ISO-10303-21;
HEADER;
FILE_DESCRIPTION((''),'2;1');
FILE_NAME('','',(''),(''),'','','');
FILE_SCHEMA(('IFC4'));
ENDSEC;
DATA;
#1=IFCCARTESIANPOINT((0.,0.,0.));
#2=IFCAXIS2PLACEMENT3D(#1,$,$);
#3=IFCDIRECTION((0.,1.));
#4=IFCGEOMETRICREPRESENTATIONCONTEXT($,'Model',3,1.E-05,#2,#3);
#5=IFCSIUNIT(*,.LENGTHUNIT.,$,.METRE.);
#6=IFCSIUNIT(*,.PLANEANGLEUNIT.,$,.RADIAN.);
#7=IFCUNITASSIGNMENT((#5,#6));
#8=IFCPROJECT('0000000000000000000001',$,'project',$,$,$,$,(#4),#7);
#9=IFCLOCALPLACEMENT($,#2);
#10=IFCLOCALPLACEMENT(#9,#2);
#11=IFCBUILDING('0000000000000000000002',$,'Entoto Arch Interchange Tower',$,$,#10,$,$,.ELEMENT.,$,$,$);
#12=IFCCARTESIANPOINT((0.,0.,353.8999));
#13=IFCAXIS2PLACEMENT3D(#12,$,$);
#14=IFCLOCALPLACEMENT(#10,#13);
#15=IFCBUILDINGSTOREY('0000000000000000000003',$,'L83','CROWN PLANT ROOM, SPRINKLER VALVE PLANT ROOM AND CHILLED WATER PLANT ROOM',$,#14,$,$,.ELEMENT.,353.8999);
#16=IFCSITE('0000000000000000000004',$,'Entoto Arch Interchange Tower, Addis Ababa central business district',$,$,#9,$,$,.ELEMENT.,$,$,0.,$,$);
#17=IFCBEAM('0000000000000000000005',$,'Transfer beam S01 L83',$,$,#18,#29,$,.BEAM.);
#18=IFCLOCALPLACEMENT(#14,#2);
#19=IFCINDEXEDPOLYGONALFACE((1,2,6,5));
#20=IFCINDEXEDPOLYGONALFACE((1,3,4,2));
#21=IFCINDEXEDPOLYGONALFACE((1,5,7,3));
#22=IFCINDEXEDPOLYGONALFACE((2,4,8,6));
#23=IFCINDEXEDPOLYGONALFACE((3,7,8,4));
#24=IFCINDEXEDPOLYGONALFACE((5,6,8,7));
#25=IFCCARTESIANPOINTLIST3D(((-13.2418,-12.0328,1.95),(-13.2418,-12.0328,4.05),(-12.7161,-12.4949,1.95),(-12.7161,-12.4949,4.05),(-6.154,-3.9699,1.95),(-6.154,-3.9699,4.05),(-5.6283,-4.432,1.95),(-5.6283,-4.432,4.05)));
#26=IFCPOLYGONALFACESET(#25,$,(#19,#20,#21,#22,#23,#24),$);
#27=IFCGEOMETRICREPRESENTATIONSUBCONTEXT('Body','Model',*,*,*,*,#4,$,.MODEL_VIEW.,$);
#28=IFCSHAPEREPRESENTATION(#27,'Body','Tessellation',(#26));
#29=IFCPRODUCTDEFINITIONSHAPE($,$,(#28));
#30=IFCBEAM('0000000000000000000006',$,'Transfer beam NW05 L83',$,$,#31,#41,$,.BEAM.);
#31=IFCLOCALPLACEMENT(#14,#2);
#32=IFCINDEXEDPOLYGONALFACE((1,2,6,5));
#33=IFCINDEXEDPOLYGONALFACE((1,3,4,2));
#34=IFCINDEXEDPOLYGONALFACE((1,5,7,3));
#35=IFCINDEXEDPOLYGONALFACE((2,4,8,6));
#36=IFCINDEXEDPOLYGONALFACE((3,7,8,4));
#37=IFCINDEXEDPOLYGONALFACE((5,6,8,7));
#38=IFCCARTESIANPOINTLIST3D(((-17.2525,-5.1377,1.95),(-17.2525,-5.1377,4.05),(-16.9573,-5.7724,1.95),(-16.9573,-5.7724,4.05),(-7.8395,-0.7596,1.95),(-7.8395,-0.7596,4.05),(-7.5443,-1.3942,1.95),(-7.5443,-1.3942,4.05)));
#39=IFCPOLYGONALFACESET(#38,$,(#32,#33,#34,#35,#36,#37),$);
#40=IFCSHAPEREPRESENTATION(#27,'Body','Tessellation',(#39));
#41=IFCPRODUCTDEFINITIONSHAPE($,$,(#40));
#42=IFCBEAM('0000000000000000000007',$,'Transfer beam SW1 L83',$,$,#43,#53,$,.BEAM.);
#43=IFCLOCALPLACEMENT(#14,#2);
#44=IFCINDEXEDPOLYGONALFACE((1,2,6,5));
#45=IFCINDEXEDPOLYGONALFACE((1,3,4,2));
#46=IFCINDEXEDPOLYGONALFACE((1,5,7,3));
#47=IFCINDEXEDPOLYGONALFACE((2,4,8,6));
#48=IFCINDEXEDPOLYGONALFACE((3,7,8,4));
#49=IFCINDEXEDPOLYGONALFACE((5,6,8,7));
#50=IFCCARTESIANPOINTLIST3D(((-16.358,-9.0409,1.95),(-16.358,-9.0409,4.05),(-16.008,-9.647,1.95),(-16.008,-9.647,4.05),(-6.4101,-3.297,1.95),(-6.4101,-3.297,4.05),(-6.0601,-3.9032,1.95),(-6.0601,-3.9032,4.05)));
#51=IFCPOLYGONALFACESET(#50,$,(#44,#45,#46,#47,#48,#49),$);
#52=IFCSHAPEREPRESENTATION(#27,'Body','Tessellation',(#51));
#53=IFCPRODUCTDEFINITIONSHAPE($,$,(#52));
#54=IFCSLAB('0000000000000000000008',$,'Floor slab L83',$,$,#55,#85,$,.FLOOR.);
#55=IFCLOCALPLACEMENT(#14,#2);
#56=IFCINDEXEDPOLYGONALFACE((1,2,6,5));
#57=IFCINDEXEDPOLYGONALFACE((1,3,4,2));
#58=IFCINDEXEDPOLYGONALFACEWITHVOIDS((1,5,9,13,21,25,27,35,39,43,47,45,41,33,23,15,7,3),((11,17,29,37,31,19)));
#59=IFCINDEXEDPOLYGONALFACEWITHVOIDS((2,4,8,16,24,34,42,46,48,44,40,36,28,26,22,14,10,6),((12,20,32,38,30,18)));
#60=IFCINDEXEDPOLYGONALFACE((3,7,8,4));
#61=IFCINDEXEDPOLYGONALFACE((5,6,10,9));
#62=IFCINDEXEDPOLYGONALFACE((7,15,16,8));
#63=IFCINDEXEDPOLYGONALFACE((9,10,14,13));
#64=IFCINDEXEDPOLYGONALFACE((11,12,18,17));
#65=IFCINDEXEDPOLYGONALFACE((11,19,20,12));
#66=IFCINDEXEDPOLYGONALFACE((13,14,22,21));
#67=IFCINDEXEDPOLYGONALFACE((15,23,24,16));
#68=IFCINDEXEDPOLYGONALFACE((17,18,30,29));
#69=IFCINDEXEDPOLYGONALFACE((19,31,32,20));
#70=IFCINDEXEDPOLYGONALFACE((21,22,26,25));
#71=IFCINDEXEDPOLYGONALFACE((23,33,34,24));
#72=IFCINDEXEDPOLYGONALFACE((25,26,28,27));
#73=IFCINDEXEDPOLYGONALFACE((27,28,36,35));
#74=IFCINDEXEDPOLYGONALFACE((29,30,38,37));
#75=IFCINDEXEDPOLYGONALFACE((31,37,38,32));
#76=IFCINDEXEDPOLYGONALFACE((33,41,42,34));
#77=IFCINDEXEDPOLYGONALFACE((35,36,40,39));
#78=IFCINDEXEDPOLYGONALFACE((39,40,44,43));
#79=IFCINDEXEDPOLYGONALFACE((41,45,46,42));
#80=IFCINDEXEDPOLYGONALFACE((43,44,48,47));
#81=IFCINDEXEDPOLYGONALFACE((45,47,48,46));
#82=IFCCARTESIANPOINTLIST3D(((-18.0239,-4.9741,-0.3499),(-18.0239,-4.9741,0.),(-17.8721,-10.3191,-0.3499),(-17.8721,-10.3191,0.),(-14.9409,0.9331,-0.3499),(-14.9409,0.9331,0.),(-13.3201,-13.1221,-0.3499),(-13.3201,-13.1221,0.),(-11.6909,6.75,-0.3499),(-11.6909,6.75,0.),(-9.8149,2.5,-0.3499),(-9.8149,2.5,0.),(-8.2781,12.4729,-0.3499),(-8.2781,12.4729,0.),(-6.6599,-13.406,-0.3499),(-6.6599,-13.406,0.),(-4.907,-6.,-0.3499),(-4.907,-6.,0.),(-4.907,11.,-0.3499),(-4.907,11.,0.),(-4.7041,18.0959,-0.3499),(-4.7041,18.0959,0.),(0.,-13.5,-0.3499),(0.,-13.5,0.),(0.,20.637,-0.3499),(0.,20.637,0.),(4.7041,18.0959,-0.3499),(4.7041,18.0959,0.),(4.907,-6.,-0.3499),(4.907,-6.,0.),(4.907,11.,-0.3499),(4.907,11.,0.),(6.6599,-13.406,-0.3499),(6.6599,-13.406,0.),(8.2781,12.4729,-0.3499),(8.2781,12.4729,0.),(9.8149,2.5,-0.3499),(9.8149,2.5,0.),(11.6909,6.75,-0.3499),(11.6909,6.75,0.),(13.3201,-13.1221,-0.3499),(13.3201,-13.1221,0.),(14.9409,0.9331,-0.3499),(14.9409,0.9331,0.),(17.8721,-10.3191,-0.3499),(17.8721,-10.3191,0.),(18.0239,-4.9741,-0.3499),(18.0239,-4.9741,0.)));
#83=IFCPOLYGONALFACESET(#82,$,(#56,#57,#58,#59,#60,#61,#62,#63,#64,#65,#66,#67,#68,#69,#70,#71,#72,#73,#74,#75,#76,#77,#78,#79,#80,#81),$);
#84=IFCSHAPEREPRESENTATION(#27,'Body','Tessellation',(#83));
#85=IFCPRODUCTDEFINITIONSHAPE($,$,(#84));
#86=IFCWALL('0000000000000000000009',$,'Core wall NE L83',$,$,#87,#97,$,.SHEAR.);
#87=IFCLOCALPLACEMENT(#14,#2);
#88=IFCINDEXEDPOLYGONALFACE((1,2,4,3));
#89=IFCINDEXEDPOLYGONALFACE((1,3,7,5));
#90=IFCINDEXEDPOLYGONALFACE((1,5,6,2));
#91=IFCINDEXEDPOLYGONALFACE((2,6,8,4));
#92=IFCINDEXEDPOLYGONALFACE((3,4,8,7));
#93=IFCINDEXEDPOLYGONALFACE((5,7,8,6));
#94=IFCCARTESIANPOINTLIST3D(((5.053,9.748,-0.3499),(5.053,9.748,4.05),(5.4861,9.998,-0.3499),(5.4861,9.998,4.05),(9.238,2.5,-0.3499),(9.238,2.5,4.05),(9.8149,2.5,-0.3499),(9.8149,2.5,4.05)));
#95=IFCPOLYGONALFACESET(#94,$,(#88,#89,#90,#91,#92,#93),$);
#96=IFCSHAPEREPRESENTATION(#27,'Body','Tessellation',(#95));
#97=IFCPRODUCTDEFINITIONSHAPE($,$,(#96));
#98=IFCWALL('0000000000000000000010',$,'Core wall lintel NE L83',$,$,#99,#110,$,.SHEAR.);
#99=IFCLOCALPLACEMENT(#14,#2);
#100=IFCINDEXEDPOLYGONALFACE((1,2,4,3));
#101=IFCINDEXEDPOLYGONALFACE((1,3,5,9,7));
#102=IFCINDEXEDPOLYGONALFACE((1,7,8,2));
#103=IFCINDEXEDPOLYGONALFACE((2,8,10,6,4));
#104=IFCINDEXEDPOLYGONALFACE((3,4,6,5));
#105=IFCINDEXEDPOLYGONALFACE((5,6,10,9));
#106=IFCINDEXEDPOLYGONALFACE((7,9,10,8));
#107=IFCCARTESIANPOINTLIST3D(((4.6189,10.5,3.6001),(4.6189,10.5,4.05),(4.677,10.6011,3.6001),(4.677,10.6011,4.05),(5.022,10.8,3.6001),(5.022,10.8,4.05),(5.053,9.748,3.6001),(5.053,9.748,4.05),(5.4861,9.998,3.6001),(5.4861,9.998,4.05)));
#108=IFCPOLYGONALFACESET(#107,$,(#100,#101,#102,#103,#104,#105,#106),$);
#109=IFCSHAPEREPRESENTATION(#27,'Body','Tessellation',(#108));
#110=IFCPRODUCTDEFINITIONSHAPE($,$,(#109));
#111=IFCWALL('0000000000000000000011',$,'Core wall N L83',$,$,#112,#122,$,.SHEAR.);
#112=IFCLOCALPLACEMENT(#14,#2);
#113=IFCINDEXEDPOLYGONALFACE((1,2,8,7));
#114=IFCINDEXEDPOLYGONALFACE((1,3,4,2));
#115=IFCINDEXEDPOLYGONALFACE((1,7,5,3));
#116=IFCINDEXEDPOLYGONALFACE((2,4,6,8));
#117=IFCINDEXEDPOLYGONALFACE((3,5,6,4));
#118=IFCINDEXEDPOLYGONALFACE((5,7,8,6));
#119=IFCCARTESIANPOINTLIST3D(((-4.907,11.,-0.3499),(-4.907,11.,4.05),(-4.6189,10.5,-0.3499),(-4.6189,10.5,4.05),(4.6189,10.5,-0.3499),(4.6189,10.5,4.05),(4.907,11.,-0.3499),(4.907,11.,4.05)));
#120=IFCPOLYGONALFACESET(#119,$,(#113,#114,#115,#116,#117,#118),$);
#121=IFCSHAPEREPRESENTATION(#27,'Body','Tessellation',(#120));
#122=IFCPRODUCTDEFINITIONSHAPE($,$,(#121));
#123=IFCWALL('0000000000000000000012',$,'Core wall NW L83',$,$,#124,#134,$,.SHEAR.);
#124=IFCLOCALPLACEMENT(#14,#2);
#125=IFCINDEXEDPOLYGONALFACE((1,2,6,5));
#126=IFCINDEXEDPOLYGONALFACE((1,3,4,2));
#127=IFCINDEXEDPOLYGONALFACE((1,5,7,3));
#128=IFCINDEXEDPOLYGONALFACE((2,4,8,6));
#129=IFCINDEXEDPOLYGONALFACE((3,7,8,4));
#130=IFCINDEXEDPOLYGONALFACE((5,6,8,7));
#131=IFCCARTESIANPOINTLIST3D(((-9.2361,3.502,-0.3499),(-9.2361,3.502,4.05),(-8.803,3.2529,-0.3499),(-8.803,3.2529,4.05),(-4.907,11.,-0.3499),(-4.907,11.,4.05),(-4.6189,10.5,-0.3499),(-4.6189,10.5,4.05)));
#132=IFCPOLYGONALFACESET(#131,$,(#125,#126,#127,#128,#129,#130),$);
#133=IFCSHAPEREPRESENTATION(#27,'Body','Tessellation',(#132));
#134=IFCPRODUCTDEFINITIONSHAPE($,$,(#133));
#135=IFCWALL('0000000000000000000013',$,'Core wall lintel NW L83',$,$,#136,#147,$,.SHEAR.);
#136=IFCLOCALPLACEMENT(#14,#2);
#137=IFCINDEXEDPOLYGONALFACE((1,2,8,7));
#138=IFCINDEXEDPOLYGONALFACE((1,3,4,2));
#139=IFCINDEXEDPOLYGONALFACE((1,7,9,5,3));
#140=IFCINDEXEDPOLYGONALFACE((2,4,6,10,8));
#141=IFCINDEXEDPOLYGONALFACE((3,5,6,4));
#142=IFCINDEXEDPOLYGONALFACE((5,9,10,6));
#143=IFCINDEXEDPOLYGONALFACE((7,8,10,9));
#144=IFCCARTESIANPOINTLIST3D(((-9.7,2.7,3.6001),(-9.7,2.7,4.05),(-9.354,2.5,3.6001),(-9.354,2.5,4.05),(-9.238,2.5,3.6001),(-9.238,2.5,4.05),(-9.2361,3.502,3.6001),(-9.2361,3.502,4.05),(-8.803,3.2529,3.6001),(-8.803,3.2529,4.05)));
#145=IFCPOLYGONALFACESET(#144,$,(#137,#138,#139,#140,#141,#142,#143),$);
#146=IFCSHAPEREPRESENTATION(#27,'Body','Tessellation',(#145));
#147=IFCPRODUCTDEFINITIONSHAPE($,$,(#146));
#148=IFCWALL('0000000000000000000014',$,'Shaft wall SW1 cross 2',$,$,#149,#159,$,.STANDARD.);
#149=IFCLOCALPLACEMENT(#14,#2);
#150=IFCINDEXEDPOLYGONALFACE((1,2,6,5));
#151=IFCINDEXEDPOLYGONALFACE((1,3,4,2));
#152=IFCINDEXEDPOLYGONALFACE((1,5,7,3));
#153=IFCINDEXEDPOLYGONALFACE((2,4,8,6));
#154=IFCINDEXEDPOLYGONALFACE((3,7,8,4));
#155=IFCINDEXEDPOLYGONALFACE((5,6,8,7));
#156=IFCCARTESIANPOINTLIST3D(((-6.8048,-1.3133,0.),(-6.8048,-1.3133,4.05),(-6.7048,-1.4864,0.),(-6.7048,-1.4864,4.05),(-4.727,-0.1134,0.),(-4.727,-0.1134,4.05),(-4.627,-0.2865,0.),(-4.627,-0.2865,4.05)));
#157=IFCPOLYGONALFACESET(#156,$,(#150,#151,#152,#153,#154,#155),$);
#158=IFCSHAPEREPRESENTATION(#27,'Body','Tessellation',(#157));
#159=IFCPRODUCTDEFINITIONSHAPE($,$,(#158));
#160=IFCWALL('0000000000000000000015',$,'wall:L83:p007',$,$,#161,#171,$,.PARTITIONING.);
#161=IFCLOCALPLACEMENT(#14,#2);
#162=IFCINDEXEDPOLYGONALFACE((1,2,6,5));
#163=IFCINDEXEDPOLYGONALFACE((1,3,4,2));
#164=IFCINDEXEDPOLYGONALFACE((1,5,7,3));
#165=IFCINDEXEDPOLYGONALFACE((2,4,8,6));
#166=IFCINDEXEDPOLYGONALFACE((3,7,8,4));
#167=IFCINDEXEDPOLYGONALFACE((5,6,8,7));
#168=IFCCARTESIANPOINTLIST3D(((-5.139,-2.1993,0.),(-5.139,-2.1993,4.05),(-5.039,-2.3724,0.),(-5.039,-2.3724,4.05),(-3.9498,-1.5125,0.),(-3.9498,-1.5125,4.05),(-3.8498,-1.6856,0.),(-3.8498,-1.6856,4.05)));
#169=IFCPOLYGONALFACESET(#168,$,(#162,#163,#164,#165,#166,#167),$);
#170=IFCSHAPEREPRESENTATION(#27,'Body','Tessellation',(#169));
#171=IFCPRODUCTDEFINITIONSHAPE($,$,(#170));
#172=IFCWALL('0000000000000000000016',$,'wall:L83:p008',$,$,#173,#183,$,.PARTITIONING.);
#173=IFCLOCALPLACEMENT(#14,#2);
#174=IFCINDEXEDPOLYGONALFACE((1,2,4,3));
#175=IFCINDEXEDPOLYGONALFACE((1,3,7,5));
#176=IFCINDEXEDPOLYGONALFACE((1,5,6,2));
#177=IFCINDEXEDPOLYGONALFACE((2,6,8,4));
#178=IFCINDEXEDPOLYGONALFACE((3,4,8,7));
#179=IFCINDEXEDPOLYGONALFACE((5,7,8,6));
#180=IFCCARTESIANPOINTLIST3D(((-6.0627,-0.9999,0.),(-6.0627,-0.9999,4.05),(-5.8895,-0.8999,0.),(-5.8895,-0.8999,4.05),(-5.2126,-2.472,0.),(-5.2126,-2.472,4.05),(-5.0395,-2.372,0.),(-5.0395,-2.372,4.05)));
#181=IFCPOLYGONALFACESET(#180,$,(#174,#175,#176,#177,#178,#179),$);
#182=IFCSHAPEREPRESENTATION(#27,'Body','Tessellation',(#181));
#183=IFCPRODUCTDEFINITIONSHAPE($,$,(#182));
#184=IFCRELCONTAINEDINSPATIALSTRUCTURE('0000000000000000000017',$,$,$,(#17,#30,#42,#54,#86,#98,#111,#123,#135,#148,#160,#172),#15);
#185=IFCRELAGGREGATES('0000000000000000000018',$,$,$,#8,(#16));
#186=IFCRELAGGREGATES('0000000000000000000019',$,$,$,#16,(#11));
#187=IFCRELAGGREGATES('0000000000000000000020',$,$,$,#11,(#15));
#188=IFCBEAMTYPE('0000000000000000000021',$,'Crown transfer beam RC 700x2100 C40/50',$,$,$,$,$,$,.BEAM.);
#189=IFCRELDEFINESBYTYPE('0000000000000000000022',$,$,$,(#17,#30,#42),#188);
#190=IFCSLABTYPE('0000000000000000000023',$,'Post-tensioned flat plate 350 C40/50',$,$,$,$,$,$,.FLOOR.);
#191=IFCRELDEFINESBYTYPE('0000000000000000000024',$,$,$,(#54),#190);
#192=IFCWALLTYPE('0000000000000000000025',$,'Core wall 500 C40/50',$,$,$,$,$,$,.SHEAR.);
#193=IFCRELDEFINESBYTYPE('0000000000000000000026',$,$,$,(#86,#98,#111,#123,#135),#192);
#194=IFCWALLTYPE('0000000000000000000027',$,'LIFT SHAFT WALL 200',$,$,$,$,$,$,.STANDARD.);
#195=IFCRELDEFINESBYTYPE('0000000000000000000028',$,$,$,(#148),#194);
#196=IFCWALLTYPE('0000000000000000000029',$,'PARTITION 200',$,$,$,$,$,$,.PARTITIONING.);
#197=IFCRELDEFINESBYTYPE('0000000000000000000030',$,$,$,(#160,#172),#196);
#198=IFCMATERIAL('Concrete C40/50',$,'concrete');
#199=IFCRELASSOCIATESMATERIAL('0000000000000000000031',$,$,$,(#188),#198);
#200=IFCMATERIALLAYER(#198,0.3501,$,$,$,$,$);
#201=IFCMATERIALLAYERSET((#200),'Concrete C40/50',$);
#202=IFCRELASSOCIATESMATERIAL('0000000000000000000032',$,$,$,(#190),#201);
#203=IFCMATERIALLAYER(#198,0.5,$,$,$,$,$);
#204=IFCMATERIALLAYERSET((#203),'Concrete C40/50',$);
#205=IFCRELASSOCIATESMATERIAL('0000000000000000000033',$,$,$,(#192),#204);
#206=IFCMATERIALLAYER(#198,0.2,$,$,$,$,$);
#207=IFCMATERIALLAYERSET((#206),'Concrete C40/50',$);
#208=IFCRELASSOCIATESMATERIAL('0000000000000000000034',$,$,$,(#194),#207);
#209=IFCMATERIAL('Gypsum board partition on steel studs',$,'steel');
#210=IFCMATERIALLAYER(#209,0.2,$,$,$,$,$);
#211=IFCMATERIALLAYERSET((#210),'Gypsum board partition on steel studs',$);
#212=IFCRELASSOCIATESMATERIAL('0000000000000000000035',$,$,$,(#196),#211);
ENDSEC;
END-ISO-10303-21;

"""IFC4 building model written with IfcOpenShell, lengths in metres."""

from ifc_helpers import new_model, si_unit, direction, frame, frame_2d, origin, origin_2d, place, context, subcontext, project, spatial, polyline, rectangle, outline, extrude, material, layer, layer_set, material_profile, profile_set, type_object, element, save


model = new_model("IFC4")

# Units and contexts
model_context = context("Model", 3, precision=1e-05, world=origin(), true_north=direction((0.0, 1.0)))
body_context = subcontext(model_context, "Body", "Model", "MODEL_VIEW")
ifc_project = project(units=[si_unit("LENGTHUNIT", "METRE"), si_unit("PLANEANGLEUNIT", "RADIAN")], contexts=[model_context])

# Site, building, storey
site_placement = place(None, origin())
site = spatial("IfcSite", under=ifc_project, at=site_placement, Name="Entoto Arch Interchange Tower, Addis Ababa central business district", CompositionType="ELEMENT", RefElevation=0.0)
building_placement = place(site_placement, origin())
building = spatial("IfcBuilding", under=site, at=building_placement, Name="Entoto Arch Interchange Tower", CompositionType="ELEMENT")
storey_placement = place(building_placement, frame((0.0, 0.0, 353.8999)))
storey = spatial("IfcBuildingStorey", under=building, at=storey_placement, Name="L83", Description="CROWN PLANT ROOM, SPRINKLER VALVE PLANT ROOM AND CHILLED WATER PLANT ROOM", CompositionType="ELEMENT", Elevation=353.8999)

# Beams
ifc_material_1 = material(Name="Concrete C40/50", Category="concrete")
ifc_material_profile = material_profile(ifc_material_1, rectangle(XDim=0.7, YDim=2.1001, at=origin_2d()))
ifc_profile_set = profile_set([ifc_material_profile], Name="Concrete C40/50")
beam_type = type_object("IfcBeamType", Name="Crown transfer beam RC 700x2100 C40/50", PredefinedType="BEAM", material=ifc_profile_set)
beam_1_placement = place(storey_placement, frame((-5.8911, -4.2009, 3.0), z_axis=(-0.660232, -0.751062, 0.0), x_axis=(0.751062, -0.660232, 0.0)))
element("IfcBeam", 1, at=beam_1_placement, inside=storey, type_object=beam_type, Name="Transfer beam S01 L83", PredefinedType="BEAM", context=body_context, shape_type="SweptSolid", body=[
    extrude(rectangle(XDim=0.7, YDim=2.1001, at=origin_2d()), origin(), (0.0, 0.0, 1.0), 10.7354),
])
beam_2_placement = place(storey_placement, frame((-7.6919, -1.0769, 3.0), z_axis=(-0.906721, -0.42173, 0.0), x_axis=(0.42173, -0.906721, 0.0)))
element("IfcBeam", 2, at=beam_2_placement, inside=storey, type_object=beam_type, Name="Transfer beam NW05 L83", PredefinedType="BEAM", context=body_context, shape_type="SweptSolid", body=[
    extrude(rectangle(XDim=0.7, YDim=2.1001, at=origin_2d()), origin(), (0.0, 0.0, 1.0), 10.3813),
])
beam_3_placement = place(storey_placement, frame((-6.2351, -3.6001, 3.0), z_axis=(-0.86601, -0.500027, 0.0), x_axis=(0.500027, -0.86601, 0.0)))
element("IfcBeam", 3, at=beam_3_placement, inside=storey, type_object=beam_type, Name="Transfer beam SW1 L83", PredefinedType="BEAM", context=body_context, shape_type="SweptSolid", body=[
    extrude(rectangle(XDim=0.7, YDim=2.1001, at=origin_2d()), origin(), (0.0, 0.0, 1.0), 11.4871),
])

# Slab
ifc_layer_1 = layer(ifc_material_1, 0.3501)
ifc_layer_set_1 = layer_set([ifc_layer_1], Name="Concrete C40/50")
slab_type = type_object("IfcSlabType", Name="Post-tensioned flat plate 350 C40/50", PredefinedType="FLOOR", material=ifc_layer_set_1)
slab_placement = place(storey_placement, frame((0.0, 0.0, -0.3499)))
element("IfcSlab", 4, at=slab_placement, inside=storey, type_object=slab_type, Name="Floor slab L83", PredefinedType="FLOOR", context=body_context, shape_type="SweptSolid", body=[
    extrude(outline(polyline([(-13.3201, -13.1221), (-6.6599, -13.406), (0.0, -13.5), (6.6599, -13.406), (13.3201, -13.1221), (17.8721, -10.3191), (18.0239, -4.9741), (14.9409, 0.9331), (11.6909, 6.75), (8.2781, 12.4729), (4.7041, 18.0959), (0.0, 20.637), (-4.7041, 18.0959), (-8.2781, 12.4729), (-11.6909, 6.75), (-14.9409, 0.9331), (-18.0239, -4.9741), (-17.8721, -10.3191), (-13.3201, -13.1221)]), holes=[polyline([(4.907, 11.0), (-4.907, 11.0), (-9.8149, 2.5), (-4.907, -6.0), (4.907, -6.0), (9.8149, 2.5), (4.907, 11.0)])]), origin(), (0.0, 0.0, 1.0), 0.3499),
])

# Walls
ifc_layer_2 = layer(ifc_material_1, 0.5)
ifc_layer_set_2 = layer_set([ifc_layer_2], Name="Concrete C40/50")
wall_type_1 = type_object("IfcWallType", Name="Core wall 500 C40/50", PredefinedType="SHEAR", material=ifc_layer_set_2)
wall_1_placement = place(storey_placement, frame((0.0, 0.0, -0.3499)))
element("IfcWall", 5, at=wall_1_placement, inside=storey, type_object=wall_type_1, Name="Core wall NE L83", PredefinedType="SHEAR", context=body_context, shape_type="SweptSolid", body=[
    extrude(outline(polyline([(5.4861, 9.998), (5.053, 9.748), (9.238, 2.5), (9.8149, 2.5), (5.4861, 9.998)])), origin(), (0.0, 0.0, 1.0), 4.3999),
])
wall_2_placement = place(storey_placement, frame((0.0, 0.0, 3.6001)))
element("IfcWall", 6, at=wall_2_placement, inside=storey, type_object=wall_type_1, Name="Core wall lintel NE L83", PredefinedType="SHEAR", context=body_context, shape_type="SweptSolid", body=[
    extrude(outline(polyline([(5.022, 10.8), (4.677, 10.6011), (4.6189, 10.5), (5.053, 9.748), (5.4861, 9.998), (5.022, 10.8)])), origin(), (0.0, 0.0, 1.0), 0.45),
])
wall_3_placement = place(storey_placement, frame((0.0, 0.0, -0.3499)))
element("IfcWall", 7, at=wall_3_placement, inside=storey, type_object=wall_type_1, Name="Core wall N L83", PredefinedType="SHEAR", context=body_context, shape_type="SweptSolid", body=[
    extrude(outline(polyline([(4.907, 11.0), (-4.907, 11.0), (-4.6189, 10.5), (4.6189, 10.5), (4.907, 11.0)])), origin(), (0.0, 0.0, 1.0), 4.3999),
])
wall_4_placement = place(storey_placement, frame((0.0, 0.0, -0.3499)))
element("IfcWall", 8, at=wall_4_placement, inside=storey, type_object=wall_type_1, Name="Core wall NW L83", PredefinedType="SHEAR", context=body_context, shape_type="SweptSolid", body=[
    extrude(outline(polyline([(-9.2361, 3.502), (-8.803, 3.2529), (-4.6189, 10.5), (-4.907, 11.0), (-9.2361, 3.502)])), origin(), (0.0, 0.0, 1.0), 4.3999),
])
wall_5_placement = place(storey_placement, frame((0.0, 0.0, 3.6001)))
element("IfcWall", 9, at=wall_5_placement, inside=storey, type_object=wall_type_1, Name="Core wall lintel NW L83", PredefinedType="SHEAR", context=body_context, shape_type="SweptSolid", body=[
    extrude(outline(polyline([(-9.7, 2.7), (-9.354, 2.5), (-9.238, 2.5), (-8.803, 3.2529), (-9.2361, 3.502), (-9.7, 2.7)])), origin(), (0.0, 0.0, 1.0), 0.45),
])
ifc_layer_3 = layer(ifc_material_1, 0.2)
ifc_layer_set_3 = layer_set([ifc_layer_3], Name="Concrete C40/50")
wall_type_2 = type_object("IfcWallType", Name="LIFT SHAFT WALL 200", PredefinedType="STANDARD", material=ifc_layer_set_3)
wall_6_placement = place(storey_placement, frame((-4.677, -0.2, 0.0), z_axis=(0.0, 0.0, 1.0), x_axis=(-0.865974, -0.500089, 0.0)))
element("IfcWall", 10, at=wall_6_placement, inside=storey, type_object=wall_type_2, Name="Shaft wall SW1 cross 2", PredefinedType="STANDARD", context=body_context, shape_type="SweptSolid", body=[
    extrude(rectangle(XDim=2.3994, YDim=0.2, at=frame_2d((1.1997, 0.0))), origin(), (0.0, 0.0, 1.0), 4.05),
])
ifc_material_2 = material(Name="Gypsum board partition on steel studs", Category="steel")
ifc_layer_4 = layer(ifc_material_2, 0.2)
ifc_layer_set_4 = layer_set([ifc_layer_4], Name="Gypsum board partition on steel studs")
wall_type_3 = type_object("IfcWallType", Name="PARTITION 200", PredefinedType="PARTITIONING", material=ifc_layer_set_4)
wall_7_placement = place(storey_placement, frame((-3.8999, -1.5991, 0.0), z_axis=(0.0, 0.0, 1.0), x_axis=(-0.865969, -0.500097, 0.0)))
element("IfcWall", 11, at=wall_7_placement, inside=storey, type_object=wall_type_3, Name="wall:L83:p007", PredefinedType="PARTITIONING", context=body_context, shape_type="SweptSolid", body=[
    extrude(rectangle(XDim=1.3733, YDim=0.2, at=frame_2d((0.6865, 0.0))), origin(), (0.0, 0.0, 1.0), 4.05),
])
wall_8_placement = place(storey_placement, frame((-5.126, -2.4221, 0.0), z_axis=(0.0, 0.0, 1.0), x_axis=(-0.500062, 0.865989, 0.0)))
element("IfcWall", 12, at=wall_8_placement, inside=storey, type_object=wall_type_3, Name="wall:L83:p008", PredefinedType="PARTITIONING", context=body_context, shape_type="SweptSolid", body=[
    extrude(rectangle(XDim=1.7, YDim=0.2, at=frame_2d((0.8501, 0.0))), origin(), (0.0, 0.0, 1.0), 4.05),
])

save(model, "model.ifc")
